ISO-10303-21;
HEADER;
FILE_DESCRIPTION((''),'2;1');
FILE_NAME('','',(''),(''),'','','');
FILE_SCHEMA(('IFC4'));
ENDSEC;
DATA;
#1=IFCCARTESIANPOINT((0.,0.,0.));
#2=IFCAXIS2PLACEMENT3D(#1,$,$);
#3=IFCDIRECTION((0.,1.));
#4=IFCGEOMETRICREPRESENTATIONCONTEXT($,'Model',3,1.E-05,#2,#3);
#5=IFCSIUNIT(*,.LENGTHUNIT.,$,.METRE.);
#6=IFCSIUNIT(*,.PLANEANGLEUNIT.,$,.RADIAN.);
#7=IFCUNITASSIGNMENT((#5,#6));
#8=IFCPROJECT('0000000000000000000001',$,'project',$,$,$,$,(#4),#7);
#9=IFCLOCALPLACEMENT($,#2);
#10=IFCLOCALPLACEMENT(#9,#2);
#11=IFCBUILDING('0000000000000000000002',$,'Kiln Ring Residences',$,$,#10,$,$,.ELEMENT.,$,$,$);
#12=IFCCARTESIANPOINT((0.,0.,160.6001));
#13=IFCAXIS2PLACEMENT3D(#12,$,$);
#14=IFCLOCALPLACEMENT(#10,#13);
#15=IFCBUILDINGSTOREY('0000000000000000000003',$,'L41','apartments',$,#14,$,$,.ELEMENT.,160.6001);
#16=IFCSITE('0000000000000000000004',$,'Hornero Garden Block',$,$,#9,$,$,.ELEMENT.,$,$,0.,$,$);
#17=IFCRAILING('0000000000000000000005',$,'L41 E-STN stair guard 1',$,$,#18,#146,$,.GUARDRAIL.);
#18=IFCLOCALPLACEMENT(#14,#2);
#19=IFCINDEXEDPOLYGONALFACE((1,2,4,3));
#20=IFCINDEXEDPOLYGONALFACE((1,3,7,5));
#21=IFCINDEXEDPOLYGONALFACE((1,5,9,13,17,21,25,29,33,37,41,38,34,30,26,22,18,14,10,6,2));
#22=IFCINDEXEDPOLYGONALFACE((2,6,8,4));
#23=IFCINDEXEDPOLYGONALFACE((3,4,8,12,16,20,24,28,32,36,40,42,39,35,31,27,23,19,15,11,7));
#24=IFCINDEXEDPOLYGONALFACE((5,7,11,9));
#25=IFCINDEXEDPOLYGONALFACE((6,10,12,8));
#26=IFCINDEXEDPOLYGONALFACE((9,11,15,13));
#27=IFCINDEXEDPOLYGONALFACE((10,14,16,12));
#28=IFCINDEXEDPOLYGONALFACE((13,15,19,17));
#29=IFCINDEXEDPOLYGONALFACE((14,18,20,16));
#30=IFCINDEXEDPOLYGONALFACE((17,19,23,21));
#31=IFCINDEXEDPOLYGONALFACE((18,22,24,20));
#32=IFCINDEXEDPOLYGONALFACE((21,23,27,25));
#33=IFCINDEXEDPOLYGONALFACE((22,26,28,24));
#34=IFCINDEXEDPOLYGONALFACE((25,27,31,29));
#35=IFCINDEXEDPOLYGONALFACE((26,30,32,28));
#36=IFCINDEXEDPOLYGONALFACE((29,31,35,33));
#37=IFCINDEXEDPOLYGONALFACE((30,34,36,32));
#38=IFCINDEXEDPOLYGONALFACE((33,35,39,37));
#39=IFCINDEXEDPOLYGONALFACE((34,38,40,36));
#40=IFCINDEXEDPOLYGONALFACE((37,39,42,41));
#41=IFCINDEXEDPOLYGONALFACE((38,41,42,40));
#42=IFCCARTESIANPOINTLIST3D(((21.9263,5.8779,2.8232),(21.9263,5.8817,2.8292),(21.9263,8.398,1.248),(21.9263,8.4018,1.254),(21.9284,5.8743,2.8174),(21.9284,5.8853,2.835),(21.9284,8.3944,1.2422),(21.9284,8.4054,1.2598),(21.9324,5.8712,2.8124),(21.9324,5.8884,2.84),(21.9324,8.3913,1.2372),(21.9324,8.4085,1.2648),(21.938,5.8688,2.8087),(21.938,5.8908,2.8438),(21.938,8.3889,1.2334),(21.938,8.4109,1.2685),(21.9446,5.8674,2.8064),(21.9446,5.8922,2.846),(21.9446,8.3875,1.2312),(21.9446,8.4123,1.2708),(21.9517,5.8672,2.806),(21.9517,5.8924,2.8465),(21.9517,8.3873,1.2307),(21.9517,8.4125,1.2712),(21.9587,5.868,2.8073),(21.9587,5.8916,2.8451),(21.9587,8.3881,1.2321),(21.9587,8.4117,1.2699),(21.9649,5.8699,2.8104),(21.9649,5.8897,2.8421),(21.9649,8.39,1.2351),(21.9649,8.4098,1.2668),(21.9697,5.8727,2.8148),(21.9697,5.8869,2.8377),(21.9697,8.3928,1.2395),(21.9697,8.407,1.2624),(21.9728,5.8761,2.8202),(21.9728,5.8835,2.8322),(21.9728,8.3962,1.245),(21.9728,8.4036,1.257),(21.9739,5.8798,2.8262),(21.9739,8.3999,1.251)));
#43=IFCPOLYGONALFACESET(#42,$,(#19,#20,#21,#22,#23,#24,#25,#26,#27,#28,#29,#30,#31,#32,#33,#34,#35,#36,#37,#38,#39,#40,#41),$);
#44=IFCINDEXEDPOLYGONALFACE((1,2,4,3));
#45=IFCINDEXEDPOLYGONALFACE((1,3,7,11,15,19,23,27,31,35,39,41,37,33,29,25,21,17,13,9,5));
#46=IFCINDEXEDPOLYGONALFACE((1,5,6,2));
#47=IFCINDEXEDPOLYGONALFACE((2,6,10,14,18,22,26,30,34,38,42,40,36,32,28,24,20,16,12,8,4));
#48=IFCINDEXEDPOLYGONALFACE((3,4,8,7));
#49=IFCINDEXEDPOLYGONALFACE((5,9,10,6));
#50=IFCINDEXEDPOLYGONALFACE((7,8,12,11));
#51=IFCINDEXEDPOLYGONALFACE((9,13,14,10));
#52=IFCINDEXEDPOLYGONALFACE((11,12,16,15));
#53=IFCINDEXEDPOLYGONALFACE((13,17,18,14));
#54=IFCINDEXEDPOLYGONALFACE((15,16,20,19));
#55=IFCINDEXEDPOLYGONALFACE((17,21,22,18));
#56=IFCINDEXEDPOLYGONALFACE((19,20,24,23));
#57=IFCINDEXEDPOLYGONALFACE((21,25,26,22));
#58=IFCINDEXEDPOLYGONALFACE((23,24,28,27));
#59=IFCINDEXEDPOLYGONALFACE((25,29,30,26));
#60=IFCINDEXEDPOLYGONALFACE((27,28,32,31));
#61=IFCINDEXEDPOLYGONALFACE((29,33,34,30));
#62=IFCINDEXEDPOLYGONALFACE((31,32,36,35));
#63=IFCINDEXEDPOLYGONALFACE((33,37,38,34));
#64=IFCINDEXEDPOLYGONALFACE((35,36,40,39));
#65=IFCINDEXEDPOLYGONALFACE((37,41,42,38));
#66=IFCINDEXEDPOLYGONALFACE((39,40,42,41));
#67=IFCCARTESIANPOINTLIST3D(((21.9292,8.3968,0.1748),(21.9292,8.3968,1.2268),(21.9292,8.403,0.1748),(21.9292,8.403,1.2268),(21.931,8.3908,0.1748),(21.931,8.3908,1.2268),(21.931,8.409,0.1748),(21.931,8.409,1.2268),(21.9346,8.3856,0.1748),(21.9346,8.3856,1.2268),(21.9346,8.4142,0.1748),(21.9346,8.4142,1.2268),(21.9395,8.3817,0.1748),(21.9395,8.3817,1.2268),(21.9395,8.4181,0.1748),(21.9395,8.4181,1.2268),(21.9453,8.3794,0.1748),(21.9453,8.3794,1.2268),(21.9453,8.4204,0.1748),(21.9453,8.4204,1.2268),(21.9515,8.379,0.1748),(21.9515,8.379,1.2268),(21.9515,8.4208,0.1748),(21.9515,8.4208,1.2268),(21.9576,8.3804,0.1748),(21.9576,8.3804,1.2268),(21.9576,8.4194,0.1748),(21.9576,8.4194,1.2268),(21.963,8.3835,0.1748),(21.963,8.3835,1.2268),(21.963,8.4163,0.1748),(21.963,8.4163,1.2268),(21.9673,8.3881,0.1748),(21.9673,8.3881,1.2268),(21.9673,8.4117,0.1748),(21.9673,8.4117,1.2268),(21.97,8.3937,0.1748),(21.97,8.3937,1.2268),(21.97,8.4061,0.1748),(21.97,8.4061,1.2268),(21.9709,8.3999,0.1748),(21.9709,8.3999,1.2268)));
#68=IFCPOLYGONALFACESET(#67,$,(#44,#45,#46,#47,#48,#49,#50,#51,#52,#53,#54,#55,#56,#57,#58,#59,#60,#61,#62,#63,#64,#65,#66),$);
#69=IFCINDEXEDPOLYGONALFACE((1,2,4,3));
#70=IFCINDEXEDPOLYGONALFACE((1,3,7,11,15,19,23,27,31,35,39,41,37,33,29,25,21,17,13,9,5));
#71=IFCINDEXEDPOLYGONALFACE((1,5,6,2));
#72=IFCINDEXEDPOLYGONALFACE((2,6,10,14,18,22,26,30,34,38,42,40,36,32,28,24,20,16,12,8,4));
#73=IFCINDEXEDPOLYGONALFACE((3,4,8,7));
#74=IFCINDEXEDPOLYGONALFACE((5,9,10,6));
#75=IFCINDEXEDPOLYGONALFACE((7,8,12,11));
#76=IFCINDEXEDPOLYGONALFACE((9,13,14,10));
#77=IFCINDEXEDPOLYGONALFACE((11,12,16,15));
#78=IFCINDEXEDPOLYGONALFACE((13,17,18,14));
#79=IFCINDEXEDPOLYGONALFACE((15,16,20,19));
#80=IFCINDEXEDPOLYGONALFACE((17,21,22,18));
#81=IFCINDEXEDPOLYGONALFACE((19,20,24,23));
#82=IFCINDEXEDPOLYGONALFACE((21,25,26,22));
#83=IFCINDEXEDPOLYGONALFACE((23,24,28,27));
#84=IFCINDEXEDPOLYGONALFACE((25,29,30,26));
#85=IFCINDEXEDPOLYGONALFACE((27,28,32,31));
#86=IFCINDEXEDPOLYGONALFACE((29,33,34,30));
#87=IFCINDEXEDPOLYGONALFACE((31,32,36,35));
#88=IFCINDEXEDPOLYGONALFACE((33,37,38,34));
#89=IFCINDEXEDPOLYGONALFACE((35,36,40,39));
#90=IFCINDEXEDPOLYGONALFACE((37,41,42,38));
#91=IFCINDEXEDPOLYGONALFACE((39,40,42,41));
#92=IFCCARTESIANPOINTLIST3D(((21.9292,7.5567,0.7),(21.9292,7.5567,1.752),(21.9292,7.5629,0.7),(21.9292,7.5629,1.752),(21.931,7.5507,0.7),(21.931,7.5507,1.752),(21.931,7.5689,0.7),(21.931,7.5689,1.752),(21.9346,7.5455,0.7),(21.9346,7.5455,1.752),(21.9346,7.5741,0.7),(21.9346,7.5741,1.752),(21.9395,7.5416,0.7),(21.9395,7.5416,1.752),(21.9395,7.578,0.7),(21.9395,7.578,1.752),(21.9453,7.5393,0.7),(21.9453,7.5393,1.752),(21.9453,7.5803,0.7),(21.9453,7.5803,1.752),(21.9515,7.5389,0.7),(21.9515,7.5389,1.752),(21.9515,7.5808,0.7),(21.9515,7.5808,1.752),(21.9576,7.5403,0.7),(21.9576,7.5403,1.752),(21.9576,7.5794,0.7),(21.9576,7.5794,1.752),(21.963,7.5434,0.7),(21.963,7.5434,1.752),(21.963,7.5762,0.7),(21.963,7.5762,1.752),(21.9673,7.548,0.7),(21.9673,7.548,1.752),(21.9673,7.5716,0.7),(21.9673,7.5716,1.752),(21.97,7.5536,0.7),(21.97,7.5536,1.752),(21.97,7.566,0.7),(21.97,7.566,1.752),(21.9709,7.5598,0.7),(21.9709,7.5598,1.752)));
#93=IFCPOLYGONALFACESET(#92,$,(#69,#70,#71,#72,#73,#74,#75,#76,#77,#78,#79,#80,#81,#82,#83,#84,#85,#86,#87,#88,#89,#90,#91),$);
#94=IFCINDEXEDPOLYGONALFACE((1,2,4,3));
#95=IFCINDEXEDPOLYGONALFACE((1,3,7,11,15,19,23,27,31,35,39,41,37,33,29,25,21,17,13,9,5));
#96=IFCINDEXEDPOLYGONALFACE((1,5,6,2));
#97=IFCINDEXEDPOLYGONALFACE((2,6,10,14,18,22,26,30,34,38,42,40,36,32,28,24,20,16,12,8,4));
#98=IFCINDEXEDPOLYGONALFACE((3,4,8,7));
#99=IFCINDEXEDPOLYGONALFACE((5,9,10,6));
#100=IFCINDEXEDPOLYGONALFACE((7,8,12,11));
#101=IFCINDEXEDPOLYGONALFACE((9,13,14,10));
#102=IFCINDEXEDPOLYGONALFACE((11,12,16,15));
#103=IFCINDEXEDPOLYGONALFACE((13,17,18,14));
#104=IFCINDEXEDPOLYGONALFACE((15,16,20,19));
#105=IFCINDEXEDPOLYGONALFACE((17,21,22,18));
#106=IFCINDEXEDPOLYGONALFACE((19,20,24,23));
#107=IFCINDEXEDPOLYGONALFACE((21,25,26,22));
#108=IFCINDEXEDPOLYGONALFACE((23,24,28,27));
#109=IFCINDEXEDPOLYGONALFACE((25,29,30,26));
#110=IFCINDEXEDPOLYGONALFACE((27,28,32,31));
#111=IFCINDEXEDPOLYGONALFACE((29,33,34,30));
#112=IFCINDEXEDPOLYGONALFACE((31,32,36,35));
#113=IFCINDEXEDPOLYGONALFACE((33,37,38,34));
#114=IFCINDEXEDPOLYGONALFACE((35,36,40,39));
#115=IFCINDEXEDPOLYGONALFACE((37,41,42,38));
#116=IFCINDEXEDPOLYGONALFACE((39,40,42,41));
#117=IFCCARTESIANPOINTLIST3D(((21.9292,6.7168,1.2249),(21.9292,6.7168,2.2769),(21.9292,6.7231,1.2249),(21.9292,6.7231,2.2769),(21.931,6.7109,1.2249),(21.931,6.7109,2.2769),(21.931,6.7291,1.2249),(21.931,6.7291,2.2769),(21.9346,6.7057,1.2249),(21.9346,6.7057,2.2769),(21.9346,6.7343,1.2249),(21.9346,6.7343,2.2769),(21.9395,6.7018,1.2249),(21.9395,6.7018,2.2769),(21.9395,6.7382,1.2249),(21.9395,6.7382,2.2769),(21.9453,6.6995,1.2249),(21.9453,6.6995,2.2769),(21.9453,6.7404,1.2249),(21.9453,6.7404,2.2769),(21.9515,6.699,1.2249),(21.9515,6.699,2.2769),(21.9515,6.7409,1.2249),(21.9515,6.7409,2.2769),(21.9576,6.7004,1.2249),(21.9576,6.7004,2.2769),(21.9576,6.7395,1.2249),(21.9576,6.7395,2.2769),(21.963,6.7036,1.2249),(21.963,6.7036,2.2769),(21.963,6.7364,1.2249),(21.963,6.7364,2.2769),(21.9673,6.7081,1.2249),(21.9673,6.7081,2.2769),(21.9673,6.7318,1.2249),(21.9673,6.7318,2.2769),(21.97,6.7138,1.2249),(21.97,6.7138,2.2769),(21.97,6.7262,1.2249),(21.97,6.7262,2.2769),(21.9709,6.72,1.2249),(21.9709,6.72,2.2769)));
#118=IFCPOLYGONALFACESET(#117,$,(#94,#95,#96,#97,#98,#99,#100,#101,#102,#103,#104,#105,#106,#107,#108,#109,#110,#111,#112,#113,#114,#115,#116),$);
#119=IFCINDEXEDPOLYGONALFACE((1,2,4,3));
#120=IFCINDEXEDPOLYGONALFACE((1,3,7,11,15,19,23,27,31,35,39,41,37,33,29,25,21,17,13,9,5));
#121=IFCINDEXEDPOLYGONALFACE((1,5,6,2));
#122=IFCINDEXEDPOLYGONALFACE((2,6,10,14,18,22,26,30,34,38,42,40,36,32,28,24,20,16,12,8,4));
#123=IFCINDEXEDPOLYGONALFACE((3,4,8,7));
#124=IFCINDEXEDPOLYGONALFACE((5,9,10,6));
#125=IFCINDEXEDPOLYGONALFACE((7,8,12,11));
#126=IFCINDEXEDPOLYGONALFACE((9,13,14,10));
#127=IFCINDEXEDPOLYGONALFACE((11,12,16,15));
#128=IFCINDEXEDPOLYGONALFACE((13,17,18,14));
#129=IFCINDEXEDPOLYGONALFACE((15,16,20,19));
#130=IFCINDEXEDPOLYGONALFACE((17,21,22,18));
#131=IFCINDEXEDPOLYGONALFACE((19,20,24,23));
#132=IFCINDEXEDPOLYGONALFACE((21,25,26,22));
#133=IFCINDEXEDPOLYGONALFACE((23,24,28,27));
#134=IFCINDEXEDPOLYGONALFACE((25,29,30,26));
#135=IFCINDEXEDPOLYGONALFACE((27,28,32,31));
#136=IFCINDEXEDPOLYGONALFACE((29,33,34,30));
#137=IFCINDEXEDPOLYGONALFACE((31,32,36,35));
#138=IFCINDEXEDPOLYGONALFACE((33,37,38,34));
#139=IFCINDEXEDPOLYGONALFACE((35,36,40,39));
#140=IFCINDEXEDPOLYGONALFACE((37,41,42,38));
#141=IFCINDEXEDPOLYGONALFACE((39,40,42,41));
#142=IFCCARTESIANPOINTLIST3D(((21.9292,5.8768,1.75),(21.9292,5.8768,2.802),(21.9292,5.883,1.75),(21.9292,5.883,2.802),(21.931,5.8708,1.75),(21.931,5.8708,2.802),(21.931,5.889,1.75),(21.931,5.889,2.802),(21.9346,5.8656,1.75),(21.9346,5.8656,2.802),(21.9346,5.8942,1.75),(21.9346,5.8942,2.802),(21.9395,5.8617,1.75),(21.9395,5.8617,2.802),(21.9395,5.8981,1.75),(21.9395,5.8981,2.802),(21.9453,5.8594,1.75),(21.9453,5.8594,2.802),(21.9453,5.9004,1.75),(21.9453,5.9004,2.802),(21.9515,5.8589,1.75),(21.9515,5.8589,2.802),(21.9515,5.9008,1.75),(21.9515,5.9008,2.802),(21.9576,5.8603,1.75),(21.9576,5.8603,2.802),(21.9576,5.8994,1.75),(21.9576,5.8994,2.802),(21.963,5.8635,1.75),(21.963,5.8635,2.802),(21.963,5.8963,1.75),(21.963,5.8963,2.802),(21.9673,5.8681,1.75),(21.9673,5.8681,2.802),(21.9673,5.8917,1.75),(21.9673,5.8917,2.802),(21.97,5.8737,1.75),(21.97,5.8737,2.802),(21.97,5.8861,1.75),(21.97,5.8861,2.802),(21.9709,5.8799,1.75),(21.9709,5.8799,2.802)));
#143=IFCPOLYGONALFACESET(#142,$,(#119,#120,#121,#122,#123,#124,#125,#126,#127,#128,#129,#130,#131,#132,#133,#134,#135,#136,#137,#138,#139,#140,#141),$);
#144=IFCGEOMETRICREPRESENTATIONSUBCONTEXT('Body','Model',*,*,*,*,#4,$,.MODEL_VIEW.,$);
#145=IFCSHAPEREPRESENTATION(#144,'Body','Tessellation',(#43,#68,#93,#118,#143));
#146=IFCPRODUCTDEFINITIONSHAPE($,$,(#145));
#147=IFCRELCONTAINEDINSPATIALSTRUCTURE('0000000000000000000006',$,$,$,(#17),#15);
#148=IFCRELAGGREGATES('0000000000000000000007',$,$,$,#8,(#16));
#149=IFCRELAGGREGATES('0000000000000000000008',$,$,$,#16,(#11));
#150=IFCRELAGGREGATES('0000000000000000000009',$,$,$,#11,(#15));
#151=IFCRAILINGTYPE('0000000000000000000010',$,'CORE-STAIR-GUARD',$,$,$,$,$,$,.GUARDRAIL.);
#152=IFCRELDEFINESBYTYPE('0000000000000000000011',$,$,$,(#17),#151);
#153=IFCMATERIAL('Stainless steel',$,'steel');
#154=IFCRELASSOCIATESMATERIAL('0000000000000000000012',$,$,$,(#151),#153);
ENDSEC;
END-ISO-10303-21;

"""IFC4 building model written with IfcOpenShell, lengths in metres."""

from ifc_helpers import new_model, si_unit, direction, frame, origin, origin_2d, place, context, subcontext, project, spatial, circle, extrude, material, type_object, element, save


model = new_model("IFC4")

# Units and contexts
model_context = context("Model", 3, precision=1e-05, world=origin(), true_north=direction((0.0, 1.0)))
body_context = subcontext(model_context, "Body", "Model", "MODEL_VIEW")
ifc_project = project(units=[si_unit("LENGTHUNIT", "METRE"), si_unit("PLANEANGLEUNIT", "RADIAN")], contexts=[model_context])

# Site, building, storey
site_placement = place(None, origin())
site = spatial("IfcSite", under=ifc_project, at=site_placement, Name="Hornero Garden Block", CompositionType="ELEMENT", RefElevation=0.0)
building_placement = place(site_placement, origin())
building = spatial("IfcBuilding", under=site, at=building_placement, Name="Kiln Ring Residences", CompositionType="ELEMENT")
storey_placement = place(building_placement, frame((0.0, 0.0, 160.6001)))
storey = spatial("IfcBuildingStorey", under=building, at=storey_placement, Name="L41", Description="apartments", CompositionType="ELEMENT", Elevation=160.6001)

# Railing
ifc_material_1 = material(Name="Stainless steel", Category="steel")
railing_type = type_object("IfcRailingType", Name="CORE-STAIR-GUARD", PredefinedType="GUARDRAIL", material=ifc_material_1)
railing_1_placement = place(storey_placement, frame((21.95, 8.3999, 0.1748)))
element("IfcRailing", 1, at=railing_1_placement, inside=storey, type_object=railing_type, Name="L41 E-STN stair guard 1", PredefinedType="GUARDRAIL", context=body_context, shape_type="SweptSolid", body=[
    extrude(circle(Radius=0.0239, at=origin_2d()), frame((0.0, 0.0, 1.0762), z_axis=(0.0, -0.847971, 0.530043), x_axis=(1.0, 0.0, 0.0)), (0.0, 0.0, 1.0), 2.9719),
    extrude(circle(Radius=0.021, at=origin_2d()), origin(), (0.0, 0.0, 1.0), 1.052),
    extrude(circle(Radius=0.021, at=origin_2d()), frame((0.0, -0.8401, 0.5251)), (0.0, 0.0, 1.0), 1.052),
    extrude(circle(Radius=0.021, at=origin_2d()), frame((0.0, -1.6799, 1.05)), (0.0, 0.0, 1.0), 1.052),
    extrude(circle(Radius=0.021, at=origin_2d()), frame((0.0, -2.52, 1.5752)), (0.0, 0.0, 1.0), 1.052),
])

save(model, "model.ifc")
